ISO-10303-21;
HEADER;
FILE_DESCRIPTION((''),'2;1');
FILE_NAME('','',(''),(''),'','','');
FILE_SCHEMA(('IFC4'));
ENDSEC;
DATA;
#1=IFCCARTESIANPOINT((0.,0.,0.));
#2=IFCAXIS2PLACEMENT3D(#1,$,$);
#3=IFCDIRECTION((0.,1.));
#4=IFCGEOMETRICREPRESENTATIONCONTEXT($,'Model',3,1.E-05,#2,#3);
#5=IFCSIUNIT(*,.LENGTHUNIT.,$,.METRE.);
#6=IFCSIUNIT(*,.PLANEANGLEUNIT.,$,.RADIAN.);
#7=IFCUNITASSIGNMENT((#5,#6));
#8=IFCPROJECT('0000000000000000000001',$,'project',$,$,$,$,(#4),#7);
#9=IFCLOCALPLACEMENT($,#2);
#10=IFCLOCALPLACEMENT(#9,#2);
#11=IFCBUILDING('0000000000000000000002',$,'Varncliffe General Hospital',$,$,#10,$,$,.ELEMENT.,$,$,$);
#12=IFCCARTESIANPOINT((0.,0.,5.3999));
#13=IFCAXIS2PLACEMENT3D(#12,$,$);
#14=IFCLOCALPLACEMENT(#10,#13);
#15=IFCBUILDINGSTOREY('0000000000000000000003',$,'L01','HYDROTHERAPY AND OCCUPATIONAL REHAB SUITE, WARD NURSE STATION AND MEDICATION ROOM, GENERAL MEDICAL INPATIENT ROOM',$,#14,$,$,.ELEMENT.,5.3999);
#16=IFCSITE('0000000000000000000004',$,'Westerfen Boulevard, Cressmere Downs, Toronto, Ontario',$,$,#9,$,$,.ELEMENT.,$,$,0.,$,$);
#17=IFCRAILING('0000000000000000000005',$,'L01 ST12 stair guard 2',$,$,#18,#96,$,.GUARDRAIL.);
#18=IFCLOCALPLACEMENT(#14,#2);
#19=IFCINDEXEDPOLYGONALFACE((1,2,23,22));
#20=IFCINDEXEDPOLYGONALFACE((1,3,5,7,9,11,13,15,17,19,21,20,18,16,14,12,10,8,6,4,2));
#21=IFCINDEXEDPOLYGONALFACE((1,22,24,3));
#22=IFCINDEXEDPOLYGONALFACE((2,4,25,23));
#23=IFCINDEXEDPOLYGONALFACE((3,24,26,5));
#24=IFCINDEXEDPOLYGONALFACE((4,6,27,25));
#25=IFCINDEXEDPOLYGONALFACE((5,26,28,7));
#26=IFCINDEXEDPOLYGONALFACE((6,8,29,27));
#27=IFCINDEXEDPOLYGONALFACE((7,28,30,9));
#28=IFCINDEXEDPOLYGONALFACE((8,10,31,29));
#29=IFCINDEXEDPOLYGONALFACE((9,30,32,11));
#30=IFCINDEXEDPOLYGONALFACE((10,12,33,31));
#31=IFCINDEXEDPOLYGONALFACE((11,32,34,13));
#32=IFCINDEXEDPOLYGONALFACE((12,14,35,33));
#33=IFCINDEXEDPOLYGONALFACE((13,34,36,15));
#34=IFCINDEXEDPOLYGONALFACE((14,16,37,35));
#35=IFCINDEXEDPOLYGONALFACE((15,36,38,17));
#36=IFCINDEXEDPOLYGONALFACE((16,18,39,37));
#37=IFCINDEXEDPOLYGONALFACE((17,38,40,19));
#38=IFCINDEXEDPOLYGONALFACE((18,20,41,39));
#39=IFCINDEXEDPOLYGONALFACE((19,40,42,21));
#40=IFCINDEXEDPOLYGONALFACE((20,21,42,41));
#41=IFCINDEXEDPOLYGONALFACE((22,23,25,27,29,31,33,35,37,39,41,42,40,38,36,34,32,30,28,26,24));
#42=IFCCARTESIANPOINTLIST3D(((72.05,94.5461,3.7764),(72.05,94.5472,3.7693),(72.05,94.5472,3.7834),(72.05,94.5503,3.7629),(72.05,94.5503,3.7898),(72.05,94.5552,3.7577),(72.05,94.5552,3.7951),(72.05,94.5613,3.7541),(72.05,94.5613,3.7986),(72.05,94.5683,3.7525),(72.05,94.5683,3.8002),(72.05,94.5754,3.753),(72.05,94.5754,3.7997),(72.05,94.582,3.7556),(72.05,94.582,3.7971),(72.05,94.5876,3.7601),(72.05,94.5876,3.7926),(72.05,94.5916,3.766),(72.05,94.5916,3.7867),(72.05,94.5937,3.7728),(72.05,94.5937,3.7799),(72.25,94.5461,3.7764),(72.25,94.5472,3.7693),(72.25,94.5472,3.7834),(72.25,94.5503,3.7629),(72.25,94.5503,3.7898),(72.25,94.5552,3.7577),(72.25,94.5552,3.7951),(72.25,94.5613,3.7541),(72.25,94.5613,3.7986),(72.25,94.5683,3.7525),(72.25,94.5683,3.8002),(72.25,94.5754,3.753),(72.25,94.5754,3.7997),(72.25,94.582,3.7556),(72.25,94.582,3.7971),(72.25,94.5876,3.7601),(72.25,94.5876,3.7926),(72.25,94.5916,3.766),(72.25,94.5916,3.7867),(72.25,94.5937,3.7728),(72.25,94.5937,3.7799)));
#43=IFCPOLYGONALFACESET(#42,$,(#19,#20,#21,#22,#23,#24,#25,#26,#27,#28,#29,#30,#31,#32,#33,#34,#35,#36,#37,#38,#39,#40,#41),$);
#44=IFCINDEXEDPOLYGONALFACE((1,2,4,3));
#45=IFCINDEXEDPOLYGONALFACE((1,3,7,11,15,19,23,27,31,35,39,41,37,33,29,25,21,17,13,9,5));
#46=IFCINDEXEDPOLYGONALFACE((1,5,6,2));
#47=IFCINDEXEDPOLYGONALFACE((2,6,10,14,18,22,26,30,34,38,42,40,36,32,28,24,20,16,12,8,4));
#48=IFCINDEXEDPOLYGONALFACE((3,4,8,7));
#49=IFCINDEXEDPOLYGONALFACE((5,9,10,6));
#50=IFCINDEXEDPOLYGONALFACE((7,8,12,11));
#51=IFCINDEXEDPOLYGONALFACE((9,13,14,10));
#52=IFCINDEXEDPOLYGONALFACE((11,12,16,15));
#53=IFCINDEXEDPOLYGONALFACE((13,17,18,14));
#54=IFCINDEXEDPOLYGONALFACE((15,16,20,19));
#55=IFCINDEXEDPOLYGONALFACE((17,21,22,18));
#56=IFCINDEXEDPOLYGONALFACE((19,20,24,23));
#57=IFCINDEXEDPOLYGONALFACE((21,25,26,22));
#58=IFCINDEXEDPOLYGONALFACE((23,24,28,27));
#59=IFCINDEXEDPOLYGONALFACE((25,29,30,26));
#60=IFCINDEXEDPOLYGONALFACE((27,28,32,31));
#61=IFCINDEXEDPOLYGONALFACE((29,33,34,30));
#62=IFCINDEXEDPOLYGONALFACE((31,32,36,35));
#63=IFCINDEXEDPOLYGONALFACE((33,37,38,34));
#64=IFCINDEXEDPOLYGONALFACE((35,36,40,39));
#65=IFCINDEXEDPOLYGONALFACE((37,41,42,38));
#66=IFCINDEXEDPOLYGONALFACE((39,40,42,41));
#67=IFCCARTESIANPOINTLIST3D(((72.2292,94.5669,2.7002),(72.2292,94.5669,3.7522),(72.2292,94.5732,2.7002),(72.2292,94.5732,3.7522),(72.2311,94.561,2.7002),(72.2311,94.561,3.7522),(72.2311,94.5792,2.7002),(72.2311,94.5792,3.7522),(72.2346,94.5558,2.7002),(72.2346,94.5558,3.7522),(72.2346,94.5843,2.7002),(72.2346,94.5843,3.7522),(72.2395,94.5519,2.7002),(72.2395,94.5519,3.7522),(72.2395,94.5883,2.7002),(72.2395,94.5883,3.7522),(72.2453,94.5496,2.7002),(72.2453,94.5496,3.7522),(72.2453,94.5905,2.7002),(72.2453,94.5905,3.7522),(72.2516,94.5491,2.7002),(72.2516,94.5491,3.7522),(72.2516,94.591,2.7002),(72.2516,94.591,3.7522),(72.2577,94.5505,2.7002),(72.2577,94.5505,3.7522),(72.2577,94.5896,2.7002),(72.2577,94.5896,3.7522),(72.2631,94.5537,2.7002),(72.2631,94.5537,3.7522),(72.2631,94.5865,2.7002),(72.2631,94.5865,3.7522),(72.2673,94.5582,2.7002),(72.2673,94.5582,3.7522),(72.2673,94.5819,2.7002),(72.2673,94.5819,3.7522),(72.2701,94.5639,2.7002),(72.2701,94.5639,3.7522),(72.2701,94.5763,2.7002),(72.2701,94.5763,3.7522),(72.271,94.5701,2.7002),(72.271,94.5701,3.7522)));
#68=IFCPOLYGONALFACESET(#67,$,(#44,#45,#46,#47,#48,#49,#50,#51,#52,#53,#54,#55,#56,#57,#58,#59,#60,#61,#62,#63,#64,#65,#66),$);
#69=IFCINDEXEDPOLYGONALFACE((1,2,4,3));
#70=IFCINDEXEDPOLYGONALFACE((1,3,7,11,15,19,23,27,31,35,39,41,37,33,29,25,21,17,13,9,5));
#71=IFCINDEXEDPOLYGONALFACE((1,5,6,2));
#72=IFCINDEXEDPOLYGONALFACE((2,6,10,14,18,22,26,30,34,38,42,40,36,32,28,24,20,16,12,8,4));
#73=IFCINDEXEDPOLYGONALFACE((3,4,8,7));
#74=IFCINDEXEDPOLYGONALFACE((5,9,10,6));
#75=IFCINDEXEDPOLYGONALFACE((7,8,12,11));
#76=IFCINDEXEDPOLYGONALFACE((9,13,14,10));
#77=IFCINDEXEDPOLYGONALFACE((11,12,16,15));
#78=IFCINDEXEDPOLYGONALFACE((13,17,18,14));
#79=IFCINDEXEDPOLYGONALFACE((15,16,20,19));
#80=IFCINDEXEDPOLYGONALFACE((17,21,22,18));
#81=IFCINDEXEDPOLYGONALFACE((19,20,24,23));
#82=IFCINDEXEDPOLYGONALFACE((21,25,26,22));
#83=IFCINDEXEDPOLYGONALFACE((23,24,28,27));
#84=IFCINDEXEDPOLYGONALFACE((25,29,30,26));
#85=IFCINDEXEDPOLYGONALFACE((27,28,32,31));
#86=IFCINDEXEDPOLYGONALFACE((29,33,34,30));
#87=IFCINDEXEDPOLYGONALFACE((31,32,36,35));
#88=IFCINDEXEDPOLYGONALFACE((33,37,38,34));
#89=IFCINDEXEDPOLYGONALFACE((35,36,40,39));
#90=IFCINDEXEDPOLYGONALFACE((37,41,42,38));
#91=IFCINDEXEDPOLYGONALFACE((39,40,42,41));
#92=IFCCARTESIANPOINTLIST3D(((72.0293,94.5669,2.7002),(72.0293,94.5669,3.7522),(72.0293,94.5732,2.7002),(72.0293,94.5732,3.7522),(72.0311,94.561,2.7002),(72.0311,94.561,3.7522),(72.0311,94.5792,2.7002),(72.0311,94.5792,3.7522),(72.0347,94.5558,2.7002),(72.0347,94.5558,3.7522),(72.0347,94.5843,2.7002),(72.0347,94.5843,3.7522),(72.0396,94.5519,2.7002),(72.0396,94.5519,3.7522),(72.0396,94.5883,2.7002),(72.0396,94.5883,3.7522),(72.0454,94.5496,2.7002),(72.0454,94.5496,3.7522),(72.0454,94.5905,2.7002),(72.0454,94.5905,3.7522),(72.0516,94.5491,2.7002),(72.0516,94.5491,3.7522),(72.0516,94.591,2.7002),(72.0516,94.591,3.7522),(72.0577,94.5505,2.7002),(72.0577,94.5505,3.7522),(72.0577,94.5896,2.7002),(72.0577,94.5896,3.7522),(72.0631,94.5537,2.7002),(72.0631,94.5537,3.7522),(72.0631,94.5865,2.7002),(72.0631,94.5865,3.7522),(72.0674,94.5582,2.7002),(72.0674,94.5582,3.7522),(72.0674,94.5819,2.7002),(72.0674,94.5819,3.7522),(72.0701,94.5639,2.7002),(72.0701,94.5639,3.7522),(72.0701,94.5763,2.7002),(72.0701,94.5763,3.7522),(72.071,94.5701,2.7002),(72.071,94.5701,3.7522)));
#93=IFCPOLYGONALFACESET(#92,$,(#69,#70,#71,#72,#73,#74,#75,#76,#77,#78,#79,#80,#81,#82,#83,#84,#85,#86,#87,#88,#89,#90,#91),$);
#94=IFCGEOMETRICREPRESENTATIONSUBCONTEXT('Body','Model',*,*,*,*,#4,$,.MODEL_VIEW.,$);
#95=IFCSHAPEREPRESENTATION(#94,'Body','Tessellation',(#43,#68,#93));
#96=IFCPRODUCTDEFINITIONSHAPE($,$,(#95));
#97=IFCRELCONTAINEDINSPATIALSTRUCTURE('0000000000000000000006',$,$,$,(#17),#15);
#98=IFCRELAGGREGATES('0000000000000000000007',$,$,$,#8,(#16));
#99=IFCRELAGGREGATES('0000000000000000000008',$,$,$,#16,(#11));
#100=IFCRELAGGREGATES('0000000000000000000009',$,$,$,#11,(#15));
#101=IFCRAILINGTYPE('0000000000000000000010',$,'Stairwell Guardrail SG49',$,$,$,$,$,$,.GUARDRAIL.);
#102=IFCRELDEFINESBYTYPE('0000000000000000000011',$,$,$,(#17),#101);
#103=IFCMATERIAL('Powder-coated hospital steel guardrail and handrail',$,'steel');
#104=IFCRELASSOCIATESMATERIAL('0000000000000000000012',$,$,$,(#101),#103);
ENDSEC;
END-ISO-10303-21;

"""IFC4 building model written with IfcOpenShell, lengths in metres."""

from ifc_helpers import new_model, si_unit, direction, frame, origin, origin_2d, place, context, subcontext, project, spatial, circle, extrude, material, type_object, element, save


model = new_model("IFC4")

# Units and contexts
model_context = context("Model", 3, precision=1e-05, world=origin(), true_north=direction((0.0, 1.0)))
body_context = subcontext(model_context, "Body", "Model", "MODEL_VIEW")
ifc_project = project(units=[si_unit("LENGTHUNIT", "METRE"), si_unit("PLANEANGLEUNIT", "RADIAN")], contexts=[model_context])

# Site, building, storey
site_placement = place(None, origin())
site = spatial("IfcSite", under=ifc_project, at=site_placement, Name="Westerfen Boulevard, Cressmere Downs, Toronto, Ontario", CompositionType="ELEMENT", RefElevation=0.0)
building_placement = place(site_placement, origin())
building = spatial("IfcBuilding", under=site, at=building_placement, Name="Varncliffe General Hospital", CompositionType="ELEMENT")
storey_placement = place(building_placement, frame((0.0, 0.0, 5.3999)))
storey = spatial("IfcBuildingStorey", under=building, at=storey_placement, Name="L01", Description="HYDROTHERAPY AND OCCUPATIONAL REHAB SUITE, WARD NURSE STATION AND MEDICATION ROOM, GENERAL MEDICAL INPATIENT ROOM", CompositionType="ELEMENT", Elevation=5.3999)

# Railing
ifc_material_1 = material(Name="Powder-coated hospital steel guardrail and handrail", Category="steel")
railing_type = type_object("IfcRailingType", Name="Stairwell Guardrail SG49", PredefinedType="GUARDRAIL", material=ifc_material_1)
railing_1_placement = place(storey_placement, frame((72.25, 94.5701, 2.7002)))
element("IfcRailing", 1, at=railing_1_placement, inside=storey, type_object=railing_type, Name="L01 ST12 stair guard 2", PredefinedType="GUARDRAIL", context=body_context, shape_type="SweptSolid", body=[
    extrude(circle(Radius=0.0239, at=origin_2d()), frame((0.0, 0.0, 1.0762), z_axis=(-1.0, 0.0, 0.0), x_axis=(0.0, -1.0, 0.0)), (0.0, 0.0, 1.0), 0.2),
    extrude(circle(Radius=0.021, at=origin_2d()), origin(), (0.0, 0.0, 1.0), 1.052),
    extrude(circle(Radius=0.021, at=origin_2d()), frame((-0.2, 0.0, 0.0)), (0.0, 0.0, 1.0), 1.052),
])

save(model, "model.ifc")
